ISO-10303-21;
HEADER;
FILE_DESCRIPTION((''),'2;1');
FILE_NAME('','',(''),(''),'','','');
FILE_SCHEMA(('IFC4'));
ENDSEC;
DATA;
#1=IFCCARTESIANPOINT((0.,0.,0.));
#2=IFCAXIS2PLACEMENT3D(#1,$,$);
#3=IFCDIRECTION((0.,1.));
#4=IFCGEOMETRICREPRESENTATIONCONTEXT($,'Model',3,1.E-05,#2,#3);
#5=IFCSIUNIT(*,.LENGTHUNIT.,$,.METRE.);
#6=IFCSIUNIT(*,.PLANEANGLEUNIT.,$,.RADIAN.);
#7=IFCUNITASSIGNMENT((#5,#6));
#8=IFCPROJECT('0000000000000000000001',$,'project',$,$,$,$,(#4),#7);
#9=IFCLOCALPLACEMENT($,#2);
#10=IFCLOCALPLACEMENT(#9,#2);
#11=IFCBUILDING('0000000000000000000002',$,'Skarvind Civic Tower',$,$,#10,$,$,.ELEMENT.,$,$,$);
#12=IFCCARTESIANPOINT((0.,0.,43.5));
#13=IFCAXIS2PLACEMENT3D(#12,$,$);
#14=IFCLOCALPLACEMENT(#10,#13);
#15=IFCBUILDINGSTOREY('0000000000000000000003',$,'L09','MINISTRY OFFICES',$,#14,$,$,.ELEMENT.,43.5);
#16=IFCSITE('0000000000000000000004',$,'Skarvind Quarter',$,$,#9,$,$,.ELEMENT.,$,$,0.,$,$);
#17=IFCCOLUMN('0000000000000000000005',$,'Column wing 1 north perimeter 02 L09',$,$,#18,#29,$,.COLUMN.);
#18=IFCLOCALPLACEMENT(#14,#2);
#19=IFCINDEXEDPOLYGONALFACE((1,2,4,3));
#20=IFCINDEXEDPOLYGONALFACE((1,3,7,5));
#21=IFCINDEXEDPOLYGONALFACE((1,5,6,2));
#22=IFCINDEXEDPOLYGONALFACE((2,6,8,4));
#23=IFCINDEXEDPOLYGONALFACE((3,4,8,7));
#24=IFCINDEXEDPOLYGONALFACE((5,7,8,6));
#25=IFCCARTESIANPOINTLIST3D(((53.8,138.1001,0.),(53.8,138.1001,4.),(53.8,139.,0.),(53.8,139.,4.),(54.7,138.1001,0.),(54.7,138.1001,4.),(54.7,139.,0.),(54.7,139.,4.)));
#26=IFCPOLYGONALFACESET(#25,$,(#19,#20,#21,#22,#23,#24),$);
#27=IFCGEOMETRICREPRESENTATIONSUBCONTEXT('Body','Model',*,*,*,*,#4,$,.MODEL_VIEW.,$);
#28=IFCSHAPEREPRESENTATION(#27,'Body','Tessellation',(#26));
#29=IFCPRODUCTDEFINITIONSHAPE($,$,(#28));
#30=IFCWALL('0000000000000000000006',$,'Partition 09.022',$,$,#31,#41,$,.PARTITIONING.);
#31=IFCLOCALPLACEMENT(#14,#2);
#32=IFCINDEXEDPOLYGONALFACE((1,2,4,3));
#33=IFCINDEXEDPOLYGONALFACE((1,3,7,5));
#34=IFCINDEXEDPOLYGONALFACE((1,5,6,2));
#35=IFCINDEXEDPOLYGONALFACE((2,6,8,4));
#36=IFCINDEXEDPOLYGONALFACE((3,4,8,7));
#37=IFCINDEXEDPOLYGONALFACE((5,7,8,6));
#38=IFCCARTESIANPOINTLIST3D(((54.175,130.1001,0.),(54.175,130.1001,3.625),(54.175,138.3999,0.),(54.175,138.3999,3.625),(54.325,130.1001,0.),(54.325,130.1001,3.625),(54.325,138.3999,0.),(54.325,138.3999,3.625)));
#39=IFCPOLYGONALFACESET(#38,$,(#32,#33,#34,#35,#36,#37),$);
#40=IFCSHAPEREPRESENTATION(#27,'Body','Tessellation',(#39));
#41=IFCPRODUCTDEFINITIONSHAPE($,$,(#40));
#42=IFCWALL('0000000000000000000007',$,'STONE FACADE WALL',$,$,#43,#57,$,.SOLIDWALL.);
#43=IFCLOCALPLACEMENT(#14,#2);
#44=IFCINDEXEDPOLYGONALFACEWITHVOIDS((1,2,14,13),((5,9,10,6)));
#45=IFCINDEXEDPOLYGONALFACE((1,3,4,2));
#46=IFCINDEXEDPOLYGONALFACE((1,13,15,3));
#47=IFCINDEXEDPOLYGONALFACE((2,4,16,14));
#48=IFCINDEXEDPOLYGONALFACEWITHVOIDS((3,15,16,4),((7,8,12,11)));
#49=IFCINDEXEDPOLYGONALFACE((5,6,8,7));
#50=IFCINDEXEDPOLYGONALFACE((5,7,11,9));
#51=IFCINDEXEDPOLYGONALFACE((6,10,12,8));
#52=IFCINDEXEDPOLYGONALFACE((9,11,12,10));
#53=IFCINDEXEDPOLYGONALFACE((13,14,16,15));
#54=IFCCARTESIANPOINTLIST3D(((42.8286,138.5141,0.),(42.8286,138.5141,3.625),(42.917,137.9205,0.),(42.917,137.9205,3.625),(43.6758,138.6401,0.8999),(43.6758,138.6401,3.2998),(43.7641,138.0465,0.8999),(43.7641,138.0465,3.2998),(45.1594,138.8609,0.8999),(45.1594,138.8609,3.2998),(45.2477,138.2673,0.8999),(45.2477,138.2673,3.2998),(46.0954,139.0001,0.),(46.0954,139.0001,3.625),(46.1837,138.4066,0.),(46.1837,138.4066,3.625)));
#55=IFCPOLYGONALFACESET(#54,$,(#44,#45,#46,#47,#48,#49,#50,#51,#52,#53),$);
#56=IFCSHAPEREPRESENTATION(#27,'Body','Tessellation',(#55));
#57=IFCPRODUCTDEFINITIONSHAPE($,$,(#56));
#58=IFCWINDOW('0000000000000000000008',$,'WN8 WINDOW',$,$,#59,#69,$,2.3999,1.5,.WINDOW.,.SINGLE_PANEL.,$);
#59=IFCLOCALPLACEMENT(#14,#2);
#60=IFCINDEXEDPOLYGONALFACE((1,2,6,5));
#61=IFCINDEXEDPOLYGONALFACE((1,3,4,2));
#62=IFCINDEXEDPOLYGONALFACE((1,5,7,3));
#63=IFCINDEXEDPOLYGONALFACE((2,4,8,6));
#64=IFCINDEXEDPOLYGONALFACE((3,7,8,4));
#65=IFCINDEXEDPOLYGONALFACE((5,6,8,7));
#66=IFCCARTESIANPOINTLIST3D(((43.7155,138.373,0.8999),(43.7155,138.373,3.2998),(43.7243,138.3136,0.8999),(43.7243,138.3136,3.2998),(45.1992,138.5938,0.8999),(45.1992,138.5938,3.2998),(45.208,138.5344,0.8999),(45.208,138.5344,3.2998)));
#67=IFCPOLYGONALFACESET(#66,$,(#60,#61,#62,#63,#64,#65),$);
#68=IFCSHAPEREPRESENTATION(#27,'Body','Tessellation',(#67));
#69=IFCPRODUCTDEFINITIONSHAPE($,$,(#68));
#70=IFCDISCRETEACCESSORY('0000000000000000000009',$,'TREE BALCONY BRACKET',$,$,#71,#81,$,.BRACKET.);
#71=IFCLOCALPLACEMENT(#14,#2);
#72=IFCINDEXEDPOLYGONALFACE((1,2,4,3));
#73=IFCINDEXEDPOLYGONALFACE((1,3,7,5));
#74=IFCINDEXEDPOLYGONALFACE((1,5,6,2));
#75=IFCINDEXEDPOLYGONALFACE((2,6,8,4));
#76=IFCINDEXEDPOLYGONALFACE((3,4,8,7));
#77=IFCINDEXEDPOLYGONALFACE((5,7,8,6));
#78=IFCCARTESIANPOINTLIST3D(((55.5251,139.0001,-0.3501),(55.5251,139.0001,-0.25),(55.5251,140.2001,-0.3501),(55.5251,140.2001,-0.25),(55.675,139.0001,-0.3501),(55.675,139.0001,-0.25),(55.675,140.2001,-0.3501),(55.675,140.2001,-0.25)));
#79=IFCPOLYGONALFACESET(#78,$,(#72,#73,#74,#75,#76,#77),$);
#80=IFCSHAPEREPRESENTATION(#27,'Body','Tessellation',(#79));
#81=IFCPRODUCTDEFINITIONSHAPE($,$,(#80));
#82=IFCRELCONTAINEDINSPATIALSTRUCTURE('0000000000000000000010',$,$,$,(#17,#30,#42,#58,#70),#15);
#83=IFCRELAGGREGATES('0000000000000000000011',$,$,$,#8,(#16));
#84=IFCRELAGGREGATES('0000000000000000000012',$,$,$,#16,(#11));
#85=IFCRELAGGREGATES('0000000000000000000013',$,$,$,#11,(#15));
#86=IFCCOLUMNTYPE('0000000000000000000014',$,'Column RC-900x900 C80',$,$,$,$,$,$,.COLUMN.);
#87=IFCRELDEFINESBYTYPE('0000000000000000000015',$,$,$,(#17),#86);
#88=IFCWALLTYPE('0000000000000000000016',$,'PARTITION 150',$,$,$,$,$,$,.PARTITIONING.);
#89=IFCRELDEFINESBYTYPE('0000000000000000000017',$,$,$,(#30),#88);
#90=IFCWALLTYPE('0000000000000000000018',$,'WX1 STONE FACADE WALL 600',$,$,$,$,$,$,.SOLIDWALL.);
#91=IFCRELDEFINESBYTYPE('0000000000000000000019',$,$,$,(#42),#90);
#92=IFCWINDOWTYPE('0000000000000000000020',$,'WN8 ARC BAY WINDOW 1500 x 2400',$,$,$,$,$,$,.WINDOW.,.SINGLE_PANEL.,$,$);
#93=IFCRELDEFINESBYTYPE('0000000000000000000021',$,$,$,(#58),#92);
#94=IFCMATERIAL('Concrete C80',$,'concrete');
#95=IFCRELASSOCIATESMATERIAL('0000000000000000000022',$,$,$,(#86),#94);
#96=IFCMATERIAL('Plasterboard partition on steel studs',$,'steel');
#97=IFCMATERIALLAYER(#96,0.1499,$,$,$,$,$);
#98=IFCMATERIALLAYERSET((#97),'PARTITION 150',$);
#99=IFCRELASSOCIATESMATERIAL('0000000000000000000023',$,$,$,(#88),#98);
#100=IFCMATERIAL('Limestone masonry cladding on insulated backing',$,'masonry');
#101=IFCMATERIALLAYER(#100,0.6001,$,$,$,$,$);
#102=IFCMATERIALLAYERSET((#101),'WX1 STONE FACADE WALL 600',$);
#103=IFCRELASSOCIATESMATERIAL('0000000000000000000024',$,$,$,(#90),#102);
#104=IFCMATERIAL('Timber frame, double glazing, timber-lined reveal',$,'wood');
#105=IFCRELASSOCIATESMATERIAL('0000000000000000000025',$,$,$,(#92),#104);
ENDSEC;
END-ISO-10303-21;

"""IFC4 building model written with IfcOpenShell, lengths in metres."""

from ifc_helpers import new_model, si_unit, direction, frame, frame_2d, origin, origin_2d, place, context, subcontext, project, spatial, rectangle, extrude, material, layer, layer_set, material_profile, profile_set, type_object, element, fill, save


model = new_model("IFC4")

# Units and contexts
model_context = context("Model", 3, precision=1e-05, world=origin(), true_north=direction((0.0, 1.0)))
body_context = subcontext(model_context, "Body", "Model", "MODEL_VIEW")
ifc_project = project(units=[si_unit("LENGTHUNIT", "METRE"), si_unit("PLANEANGLEUNIT", "RADIAN")], contexts=[model_context])

# Site, building, storey
site_placement = place(None, origin())
site = spatial("IfcSite", under=ifc_project, at=site_placement, Name="Skarvind Quarter", CompositionType="ELEMENT", RefElevation=0.0)
building_placement = place(site_placement, origin())
building = spatial("IfcBuilding", under=site, at=building_placement, Name="Skarvind Civic Tower", CompositionType="ELEMENT")
storey_placement = place(building_placement, frame((0.0, 0.0, 43.5)))
storey = spatial("IfcBuildingStorey", under=building, at=storey_placement, Name="L09", Description="MINISTRY OFFICES", CompositionType="ELEMENT", Elevation=43.5)

# Column
ifc_material_1 = material(Name="Concrete C80", Category="concrete")
ifc_material_profile = material_profile(ifc_material_1, rectangle(XDim=0.8999, YDim=0.8999, at=origin_2d()), Name="RC-900x900")
ifc_profile_set = profile_set([ifc_material_profile], Name="Concrete C80")
column_type = type_object("IfcColumnType", Name="Column RC-900x900 C80", PredefinedType="COLUMN", material=ifc_profile_set)
column_placement = place(storey_placement, frame((54.25, 138.55, 0.0), z_axis=(0.0, 0.0, 1.0), x_axis=(1.0, 0.0, 0.0)))
element("IfcColumn", 1, at=column_placement, inside=storey, type_object=column_type, Name="Column wing 1 north perimeter 02 L09", PredefinedType="COLUMN", context=body_context, shape_type="SweptSolid", body=[
    extrude(rectangle(XDim=0.8999, YDim=0.8999, at=origin_2d()), origin(), (0.0, 0.0, 1.0), 4.0),
])

# Wall
ifc_material_2 = material(Name="Plasterboard partition on steel studs", Category="steel")
ifc_layer_1 = layer(ifc_material_2, 0.1499)
ifc_layer_set_1 = layer_set([ifc_layer_1], Name="PARTITION 150")
wall_type_1 = type_object("IfcWallType", Name="PARTITION 150", PredefinedType="PARTITIONING", material=ifc_layer_set_1)
wall_1_placement = place(storey_placement, frame((54.25, 138.3999, 0.0), z_axis=(0.0, 0.0, 1.0), x_axis=(0.0, -1.0, 0.0)))
element("IfcWall", 2, at=wall_1_placement, inside=storey, type_object=wall_type_1, Name="Partition 09.022", PredefinedType="PARTITIONING", context=body_context, shape_type="SweptSolid", body=[
    extrude(rectangle(XDim=8.2998, YDim=0.1499, at=frame_2d((4.1499, 0.0))), origin(), (0.0, 0.0, 1.0), 3.625),
])

# Shared definitions
ifc_material_3 = material(Name="Limestone masonry cladding on insulated backing", Category="masonry")
ifc_layer_2 = layer(ifc_material_3, 0.6001)
ifc_layer_set_2 = layer_set([ifc_layer_2], Name="WX1 STONE FACADE WALL 600")
wall_type_2 = type_object("IfcWallType", Name="WX1 STONE FACADE WALL 600", PredefinedType="SOLIDWALL", material=ifc_layer_set_2)
ifc_material_4 = material(Name="Timber frame, double glazing, timber-lined reveal", Category="wood")

# Wall, opening, window
wall_2_placement = place(storey_placement, frame((42.8728, 138.2173, 0.0), z_axis=(0.0, 0.0, 1.0), x_axis=(0.989111, 0.147173, 0.0)))
wall_2 = element("IfcWall", 3, at=wall_2_placement, inside=storey, type_object=wall_type_2, Name="STONE FACADE WALL", PredefinedType="SOLIDWALL", context=body_context, shape_type="SweptSolid", body=[
    extrude(rectangle(XDim=3.3027, YDim=0.6001, at=frame_2d((1.6514, 0.0))), origin(), (0.0, 0.0, 1.0), 3.625),
])
opening_1_placement = place(wall_2_placement, frame((0.8564, 0.0, 0.8999)))
opening_1 = element("IfcOpeningElement", 4, at=opening_1_placement, cuts=wall_2, PredefinedType="OPENING", context=body_context, shape_type="SweptSolid", body=[
    extrude(rectangle(XDim=1.5, YDim=2.3999, at=frame_2d((0.75, 1.2))), frame((0.0, 0.3101, 0.0), z_axis=(0.0, -1.0, 0.0), x_axis=(1.0, 0.0, 0.0)), (0.0, 0.0, 1.0), 0.6201),
])
window_type_1 = type_object("IfcWindowType", Name="WN8 ARC BAY WINDOW 1500 x 2400", PartitioningType="SINGLE_PANEL", PredefinedType="WINDOW", material=ifc_material_4)
window_1_placement = place(opening_1_placement, origin())
window_1 = element("IfcWindow", 5, at=window_1_placement, inside=storey, type_object=window_type_1, Name="WN8 WINDOW", OverallHeight=2.3999, OverallWidth=1.5, PartitioningType="SINGLE_PANEL", PredefinedType="WINDOW", context=body_context, shape_type="SweptSolid", body=[
    extrude(rectangle(XDim=1.5, YDim=2.3999, at=frame_2d((0.75, 1.2))), frame((0.0, 0.03, 0.0), z_axis=(0.0, -1.0, 0.0), x_axis=(1.0, 0.0, 0.0)), (0.0, 0.0, 1.0), 0.0601),
])
fill(opening_1, window_1)

# Discrete accessory
discrete_accessory_placement = place(storey_placement, frame((55.6001, 139.6001, -0.3501), z_axis=(0.0, 0.0, 1.0), x_axis=(1.0, 0.0, 0.0)))
element("IfcDiscreteAccessory", 6, at=discrete_accessory_placement, inside=storey, Name="TREE BALCONY BRACKET", PredefinedType="BRACKET", context=body_context, shape_type="SweptSolid", body=[
    extrude(rectangle(XDim=0.1499, YDim=1.2, at=origin_2d()), origin(), (0.0, 0.0, 1.0), 0.1001),
])

save(model, "model.ifc")
